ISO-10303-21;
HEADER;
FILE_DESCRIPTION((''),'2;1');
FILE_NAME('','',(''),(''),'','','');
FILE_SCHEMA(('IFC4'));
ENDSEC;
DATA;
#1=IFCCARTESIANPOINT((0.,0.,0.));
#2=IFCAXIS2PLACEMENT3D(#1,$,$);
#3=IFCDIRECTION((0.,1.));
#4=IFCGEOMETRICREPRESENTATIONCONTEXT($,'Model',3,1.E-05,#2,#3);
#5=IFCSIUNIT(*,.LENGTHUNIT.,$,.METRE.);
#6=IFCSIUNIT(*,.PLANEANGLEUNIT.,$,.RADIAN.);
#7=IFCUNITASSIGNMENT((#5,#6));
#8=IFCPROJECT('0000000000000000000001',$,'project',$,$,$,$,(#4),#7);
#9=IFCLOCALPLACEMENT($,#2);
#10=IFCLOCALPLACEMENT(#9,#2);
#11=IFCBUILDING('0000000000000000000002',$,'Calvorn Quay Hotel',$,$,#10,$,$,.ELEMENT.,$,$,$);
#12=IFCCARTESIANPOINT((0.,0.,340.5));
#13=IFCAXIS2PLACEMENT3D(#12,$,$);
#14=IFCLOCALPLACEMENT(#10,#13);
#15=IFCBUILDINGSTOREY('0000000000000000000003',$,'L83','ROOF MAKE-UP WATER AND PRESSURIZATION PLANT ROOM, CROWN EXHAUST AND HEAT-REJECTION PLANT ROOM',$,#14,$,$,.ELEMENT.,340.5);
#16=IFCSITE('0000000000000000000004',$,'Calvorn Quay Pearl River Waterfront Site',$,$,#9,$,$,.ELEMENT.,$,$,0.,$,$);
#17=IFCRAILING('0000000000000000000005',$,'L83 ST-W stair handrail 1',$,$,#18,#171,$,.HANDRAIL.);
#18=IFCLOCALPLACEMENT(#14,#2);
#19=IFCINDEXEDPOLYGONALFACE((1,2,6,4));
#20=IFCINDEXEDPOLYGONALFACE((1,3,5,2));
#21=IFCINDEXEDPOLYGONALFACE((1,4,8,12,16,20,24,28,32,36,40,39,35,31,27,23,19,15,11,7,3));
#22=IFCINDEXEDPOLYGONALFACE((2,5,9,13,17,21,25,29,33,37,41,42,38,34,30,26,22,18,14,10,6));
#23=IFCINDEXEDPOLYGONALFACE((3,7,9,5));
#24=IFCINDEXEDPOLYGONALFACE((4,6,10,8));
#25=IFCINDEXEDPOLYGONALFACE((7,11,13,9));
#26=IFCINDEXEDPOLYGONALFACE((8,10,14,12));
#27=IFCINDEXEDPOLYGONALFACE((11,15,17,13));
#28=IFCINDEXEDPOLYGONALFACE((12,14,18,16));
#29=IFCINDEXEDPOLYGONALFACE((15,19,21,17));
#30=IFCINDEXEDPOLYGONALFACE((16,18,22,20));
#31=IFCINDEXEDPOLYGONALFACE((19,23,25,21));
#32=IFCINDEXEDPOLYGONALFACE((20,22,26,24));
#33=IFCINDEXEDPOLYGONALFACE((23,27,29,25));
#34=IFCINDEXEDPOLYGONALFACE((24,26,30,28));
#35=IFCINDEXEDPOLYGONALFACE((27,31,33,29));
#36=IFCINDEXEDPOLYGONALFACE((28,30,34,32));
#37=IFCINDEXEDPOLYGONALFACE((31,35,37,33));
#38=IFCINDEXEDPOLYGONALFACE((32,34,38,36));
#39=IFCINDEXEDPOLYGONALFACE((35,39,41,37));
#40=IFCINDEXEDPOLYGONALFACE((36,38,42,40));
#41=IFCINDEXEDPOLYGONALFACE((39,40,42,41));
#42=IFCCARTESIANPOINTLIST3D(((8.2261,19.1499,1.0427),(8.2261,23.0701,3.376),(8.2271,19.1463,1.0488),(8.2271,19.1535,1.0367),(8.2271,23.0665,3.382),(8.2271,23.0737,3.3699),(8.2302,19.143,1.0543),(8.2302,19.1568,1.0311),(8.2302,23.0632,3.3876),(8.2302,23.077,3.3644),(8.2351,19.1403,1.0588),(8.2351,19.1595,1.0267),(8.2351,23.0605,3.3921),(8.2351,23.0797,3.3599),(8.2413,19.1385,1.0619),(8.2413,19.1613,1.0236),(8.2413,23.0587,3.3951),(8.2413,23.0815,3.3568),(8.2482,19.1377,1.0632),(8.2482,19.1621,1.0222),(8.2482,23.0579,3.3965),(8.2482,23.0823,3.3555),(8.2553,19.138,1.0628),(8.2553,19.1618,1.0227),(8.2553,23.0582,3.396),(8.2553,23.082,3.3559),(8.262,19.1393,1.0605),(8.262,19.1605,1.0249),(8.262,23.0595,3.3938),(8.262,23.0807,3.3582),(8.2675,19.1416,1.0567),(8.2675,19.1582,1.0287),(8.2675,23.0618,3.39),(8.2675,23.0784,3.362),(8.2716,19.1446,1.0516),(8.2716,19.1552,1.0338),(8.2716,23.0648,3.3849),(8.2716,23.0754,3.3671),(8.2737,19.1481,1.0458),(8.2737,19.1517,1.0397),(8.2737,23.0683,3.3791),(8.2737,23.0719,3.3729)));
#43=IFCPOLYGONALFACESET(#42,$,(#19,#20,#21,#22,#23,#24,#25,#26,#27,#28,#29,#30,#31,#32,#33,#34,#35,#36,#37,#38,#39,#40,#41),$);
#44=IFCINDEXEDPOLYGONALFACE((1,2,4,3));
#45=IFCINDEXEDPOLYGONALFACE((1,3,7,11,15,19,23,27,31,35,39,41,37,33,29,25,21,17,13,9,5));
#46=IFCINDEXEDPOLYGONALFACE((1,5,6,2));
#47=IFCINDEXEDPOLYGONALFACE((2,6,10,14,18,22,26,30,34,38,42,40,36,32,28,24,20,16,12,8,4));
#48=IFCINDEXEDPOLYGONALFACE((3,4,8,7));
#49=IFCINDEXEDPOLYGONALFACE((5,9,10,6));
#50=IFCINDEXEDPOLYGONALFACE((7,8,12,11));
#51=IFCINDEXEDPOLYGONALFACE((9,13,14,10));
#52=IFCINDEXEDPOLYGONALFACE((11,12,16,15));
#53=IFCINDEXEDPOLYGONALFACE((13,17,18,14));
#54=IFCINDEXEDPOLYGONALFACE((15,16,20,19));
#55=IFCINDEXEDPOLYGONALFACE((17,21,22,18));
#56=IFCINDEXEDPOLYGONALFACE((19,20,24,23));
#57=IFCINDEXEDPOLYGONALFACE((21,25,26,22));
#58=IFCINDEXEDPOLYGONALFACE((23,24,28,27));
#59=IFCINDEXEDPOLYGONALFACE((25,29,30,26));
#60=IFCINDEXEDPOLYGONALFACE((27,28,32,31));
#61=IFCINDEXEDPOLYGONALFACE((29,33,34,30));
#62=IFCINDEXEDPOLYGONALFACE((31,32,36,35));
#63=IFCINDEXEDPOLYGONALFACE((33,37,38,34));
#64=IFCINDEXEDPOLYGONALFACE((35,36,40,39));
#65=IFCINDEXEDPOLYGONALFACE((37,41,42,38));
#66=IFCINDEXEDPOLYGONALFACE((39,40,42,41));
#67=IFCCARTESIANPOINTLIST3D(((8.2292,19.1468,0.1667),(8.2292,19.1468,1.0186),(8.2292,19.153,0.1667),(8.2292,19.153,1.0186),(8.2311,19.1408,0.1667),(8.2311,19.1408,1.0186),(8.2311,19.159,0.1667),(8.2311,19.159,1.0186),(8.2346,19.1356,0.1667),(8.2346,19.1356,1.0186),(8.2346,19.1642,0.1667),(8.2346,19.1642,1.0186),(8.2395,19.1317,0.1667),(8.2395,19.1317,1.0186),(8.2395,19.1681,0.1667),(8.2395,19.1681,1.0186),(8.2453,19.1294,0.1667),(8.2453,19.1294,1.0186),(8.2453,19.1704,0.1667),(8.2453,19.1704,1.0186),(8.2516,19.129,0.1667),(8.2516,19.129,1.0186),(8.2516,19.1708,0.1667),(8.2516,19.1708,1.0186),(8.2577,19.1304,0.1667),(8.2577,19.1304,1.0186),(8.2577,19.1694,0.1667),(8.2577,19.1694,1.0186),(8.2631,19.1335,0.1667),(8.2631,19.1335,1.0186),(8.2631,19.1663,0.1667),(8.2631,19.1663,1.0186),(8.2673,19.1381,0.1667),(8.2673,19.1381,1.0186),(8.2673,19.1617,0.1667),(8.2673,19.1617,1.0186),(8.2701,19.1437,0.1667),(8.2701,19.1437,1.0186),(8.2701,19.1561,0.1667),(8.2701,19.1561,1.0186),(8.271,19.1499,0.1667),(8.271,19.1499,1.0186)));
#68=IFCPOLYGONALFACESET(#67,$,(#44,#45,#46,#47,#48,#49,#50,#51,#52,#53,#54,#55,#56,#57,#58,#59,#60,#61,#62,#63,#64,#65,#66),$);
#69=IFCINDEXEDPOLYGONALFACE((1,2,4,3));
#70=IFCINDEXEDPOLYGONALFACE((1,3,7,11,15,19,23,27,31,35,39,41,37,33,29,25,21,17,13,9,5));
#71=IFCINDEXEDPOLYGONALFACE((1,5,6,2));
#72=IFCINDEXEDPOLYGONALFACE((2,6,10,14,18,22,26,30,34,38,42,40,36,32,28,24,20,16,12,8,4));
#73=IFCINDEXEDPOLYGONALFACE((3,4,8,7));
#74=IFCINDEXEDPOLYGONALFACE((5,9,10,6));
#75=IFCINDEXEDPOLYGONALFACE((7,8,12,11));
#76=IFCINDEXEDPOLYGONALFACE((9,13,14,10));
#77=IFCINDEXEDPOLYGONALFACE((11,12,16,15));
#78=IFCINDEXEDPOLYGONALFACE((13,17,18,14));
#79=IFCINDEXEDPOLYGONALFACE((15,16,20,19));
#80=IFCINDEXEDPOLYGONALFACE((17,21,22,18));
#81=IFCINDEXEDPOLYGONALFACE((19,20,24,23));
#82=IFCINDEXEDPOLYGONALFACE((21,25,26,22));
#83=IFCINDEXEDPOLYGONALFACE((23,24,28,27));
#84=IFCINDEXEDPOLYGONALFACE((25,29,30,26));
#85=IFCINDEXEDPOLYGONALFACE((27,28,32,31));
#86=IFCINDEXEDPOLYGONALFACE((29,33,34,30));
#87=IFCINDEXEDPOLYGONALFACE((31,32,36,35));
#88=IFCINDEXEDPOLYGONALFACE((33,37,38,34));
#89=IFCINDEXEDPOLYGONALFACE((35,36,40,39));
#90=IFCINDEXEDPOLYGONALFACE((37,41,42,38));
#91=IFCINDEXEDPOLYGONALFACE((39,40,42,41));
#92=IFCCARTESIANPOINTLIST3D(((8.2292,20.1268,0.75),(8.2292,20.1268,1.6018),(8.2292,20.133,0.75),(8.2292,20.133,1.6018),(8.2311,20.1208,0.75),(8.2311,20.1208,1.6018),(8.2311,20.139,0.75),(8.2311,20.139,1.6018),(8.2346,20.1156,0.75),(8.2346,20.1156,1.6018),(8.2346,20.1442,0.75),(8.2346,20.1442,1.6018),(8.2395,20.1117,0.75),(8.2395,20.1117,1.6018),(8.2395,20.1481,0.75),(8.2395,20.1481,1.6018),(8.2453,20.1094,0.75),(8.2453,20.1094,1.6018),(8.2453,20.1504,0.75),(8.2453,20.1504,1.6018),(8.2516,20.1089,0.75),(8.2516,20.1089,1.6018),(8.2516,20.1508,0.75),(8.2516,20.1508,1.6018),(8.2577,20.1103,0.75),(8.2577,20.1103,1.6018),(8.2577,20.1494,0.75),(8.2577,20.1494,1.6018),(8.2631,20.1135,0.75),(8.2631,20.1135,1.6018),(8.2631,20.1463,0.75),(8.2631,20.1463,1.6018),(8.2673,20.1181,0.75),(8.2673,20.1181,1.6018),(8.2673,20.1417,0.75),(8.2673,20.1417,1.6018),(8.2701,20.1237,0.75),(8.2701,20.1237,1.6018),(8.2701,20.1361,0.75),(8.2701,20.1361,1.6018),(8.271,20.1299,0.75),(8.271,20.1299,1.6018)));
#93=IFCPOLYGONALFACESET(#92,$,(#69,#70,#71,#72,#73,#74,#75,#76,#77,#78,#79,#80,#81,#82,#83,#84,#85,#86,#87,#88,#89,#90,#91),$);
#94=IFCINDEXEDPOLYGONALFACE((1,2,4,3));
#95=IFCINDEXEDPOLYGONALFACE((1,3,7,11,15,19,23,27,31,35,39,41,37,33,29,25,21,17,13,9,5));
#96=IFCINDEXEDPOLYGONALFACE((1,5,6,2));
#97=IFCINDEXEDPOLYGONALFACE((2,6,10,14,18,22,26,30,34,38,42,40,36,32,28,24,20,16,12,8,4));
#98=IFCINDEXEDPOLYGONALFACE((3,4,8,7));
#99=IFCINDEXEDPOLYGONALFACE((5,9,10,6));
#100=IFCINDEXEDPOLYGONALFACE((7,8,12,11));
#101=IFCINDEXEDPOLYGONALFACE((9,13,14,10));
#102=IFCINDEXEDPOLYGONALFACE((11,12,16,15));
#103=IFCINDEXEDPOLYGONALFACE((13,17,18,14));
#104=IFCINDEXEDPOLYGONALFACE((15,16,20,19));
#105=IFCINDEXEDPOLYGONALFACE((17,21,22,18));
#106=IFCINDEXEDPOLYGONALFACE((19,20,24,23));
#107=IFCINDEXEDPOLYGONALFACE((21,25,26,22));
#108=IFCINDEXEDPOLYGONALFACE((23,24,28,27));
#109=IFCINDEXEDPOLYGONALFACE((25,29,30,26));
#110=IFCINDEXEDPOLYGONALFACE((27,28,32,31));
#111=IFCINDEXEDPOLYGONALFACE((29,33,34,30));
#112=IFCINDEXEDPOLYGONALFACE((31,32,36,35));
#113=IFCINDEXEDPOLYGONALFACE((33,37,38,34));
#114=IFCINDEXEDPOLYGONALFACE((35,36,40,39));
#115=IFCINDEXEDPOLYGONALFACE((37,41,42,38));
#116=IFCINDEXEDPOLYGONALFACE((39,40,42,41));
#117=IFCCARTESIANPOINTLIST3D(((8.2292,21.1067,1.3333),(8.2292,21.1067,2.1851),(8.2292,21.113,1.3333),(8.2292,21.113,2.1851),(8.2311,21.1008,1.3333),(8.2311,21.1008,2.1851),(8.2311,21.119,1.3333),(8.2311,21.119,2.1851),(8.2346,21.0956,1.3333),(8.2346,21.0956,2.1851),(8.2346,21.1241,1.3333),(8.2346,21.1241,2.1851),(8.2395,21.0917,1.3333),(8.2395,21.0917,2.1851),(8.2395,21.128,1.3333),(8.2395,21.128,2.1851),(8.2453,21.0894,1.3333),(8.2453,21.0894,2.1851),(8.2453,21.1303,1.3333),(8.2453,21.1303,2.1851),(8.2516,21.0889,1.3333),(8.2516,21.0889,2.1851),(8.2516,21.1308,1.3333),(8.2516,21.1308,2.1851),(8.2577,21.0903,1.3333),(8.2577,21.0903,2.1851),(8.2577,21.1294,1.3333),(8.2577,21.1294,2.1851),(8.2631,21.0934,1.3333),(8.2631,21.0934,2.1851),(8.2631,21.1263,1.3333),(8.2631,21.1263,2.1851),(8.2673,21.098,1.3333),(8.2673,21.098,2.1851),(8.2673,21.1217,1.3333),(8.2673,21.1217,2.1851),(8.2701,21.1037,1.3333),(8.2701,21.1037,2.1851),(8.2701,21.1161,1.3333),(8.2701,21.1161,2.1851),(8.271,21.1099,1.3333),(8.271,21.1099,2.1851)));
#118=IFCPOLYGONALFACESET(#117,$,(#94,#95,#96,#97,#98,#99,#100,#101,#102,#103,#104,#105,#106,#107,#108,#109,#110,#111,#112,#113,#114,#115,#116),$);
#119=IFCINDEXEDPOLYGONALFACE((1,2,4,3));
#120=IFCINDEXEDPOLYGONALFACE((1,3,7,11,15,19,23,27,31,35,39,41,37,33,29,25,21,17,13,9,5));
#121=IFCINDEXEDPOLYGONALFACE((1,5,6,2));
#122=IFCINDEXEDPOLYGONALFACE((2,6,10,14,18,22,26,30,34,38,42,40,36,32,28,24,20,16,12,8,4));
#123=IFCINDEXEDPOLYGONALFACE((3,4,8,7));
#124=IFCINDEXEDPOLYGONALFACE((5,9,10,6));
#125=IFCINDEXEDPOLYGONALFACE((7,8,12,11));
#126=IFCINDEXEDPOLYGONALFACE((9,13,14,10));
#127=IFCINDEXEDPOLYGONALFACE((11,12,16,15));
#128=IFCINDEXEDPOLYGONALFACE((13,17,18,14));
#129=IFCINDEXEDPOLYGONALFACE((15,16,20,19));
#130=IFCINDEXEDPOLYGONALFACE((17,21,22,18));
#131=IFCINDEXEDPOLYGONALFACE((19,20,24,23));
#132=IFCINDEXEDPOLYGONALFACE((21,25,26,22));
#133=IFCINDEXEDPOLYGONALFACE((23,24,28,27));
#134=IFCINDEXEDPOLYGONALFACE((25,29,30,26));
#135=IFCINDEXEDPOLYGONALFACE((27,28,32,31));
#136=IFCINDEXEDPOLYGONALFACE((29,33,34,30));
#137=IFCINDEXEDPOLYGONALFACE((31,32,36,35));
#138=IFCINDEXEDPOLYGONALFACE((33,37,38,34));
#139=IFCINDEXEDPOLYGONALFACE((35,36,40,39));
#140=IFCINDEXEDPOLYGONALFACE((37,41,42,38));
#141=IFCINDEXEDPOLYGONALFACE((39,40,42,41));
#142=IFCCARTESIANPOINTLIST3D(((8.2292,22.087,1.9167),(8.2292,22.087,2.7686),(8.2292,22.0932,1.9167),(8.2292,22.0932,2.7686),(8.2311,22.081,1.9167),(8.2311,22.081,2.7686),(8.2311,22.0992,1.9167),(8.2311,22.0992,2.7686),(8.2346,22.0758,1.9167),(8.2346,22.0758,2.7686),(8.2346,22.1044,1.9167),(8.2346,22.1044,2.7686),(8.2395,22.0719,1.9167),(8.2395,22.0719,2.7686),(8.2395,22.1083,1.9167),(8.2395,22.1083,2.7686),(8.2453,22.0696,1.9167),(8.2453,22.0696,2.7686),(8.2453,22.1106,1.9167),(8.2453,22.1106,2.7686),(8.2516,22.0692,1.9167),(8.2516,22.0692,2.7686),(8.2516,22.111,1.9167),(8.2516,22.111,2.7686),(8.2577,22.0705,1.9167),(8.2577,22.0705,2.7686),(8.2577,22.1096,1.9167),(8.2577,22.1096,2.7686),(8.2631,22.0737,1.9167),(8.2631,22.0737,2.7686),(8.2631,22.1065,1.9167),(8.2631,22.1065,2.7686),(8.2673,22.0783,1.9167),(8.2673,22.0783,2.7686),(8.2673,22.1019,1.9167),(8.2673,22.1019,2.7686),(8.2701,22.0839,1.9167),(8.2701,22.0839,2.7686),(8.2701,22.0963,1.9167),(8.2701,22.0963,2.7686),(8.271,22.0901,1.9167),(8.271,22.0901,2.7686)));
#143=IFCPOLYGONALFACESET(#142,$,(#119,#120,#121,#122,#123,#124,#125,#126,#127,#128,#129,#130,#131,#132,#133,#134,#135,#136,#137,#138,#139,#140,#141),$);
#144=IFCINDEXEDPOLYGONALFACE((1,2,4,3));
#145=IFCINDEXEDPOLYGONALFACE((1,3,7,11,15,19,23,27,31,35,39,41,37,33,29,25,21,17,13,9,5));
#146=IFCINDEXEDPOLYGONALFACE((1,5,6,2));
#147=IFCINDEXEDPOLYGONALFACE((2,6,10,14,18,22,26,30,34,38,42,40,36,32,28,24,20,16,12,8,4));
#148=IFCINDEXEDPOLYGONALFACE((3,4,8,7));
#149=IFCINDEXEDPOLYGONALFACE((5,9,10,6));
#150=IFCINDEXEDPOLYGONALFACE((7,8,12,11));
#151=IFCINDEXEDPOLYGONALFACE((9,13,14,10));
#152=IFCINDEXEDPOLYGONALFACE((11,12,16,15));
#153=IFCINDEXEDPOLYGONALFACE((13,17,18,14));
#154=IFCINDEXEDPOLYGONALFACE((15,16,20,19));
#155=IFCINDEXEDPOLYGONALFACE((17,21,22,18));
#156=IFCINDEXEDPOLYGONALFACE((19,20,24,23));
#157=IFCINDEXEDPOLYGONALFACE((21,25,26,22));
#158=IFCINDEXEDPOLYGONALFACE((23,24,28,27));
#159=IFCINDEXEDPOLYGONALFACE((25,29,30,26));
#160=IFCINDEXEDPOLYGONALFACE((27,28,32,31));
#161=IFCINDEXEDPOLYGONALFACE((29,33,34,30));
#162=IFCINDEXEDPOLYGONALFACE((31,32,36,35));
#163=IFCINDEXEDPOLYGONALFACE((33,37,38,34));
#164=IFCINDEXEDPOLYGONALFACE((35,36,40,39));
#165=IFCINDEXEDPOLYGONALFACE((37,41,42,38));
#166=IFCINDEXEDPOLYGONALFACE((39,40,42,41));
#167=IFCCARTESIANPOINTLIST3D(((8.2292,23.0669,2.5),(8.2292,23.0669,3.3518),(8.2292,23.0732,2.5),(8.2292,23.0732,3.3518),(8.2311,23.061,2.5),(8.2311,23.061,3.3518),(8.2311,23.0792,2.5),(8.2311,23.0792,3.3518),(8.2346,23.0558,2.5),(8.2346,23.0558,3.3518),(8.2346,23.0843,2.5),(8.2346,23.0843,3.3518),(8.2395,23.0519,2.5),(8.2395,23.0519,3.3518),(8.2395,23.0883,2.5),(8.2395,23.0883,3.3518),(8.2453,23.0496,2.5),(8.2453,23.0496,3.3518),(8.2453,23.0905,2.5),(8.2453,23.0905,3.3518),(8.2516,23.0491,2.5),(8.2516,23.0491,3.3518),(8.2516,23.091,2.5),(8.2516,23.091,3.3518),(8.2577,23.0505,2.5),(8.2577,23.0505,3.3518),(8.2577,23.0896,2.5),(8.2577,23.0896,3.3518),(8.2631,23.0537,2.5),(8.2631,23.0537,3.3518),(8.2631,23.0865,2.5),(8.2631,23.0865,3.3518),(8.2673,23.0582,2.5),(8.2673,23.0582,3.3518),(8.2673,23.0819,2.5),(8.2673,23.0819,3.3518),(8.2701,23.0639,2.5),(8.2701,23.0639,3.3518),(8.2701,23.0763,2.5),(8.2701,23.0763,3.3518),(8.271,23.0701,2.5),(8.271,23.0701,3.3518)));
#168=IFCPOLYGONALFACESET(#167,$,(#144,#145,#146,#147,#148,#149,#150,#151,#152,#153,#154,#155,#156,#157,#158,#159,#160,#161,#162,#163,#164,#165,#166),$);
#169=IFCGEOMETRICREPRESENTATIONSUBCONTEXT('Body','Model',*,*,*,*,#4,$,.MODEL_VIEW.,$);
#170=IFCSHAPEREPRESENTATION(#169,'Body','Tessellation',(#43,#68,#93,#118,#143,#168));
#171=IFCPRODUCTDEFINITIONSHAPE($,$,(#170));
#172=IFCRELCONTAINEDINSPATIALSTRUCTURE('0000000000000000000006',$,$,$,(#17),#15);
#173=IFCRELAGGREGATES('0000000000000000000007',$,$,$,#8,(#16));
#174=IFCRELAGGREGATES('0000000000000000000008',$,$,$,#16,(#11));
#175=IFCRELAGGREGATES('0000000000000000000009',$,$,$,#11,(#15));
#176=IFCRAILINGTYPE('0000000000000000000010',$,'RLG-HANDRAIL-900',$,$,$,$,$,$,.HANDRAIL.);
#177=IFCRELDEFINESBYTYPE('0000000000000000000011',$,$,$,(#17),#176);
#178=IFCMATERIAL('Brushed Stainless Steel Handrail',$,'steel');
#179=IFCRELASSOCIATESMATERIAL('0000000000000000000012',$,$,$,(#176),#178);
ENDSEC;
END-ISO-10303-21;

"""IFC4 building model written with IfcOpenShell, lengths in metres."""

from ifc_helpers import new_model, si_unit, direction, frame, origin, origin_2d, place, context, subcontext, project, spatial, circle, extrude, material, type_object, element, save


model = new_model("IFC4")

# Units and contexts
model_context = context("Model", 3, precision=1e-05, world=origin(), true_north=direction((0.0, 1.0)))
body_context = subcontext(model_context, "Body", "Model", "MODEL_VIEW")
ifc_project = project(units=[si_unit("LENGTHUNIT", "METRE"), si_unit("PLANEANGLEUNIT", "RADIAN")], contexts=[model_context])

# Site, building, storey
site_placement = place(None, origin())
site = spatial("IfcSite", under=ifc_project, at=site_placement, Name="Calvorn Quay Pearl River Waterfront Site", CompositionType="ELEMENT", RefElevation=0.0)
building_placement = place(site_placement, origin())
building = spatial("IfcBuilding", under=site, at=building_placement, Name="Calvorn Quay Hotel", CompositionType="ELEMENT")
storey_placement = place(building_placement, frame((0.0, 0.0, 340.5)))
storey = spatial("IfcBuildingStorey", under=building, at=storey_placement, Name="L83", Description="ROOF MAKE-UP WATER AND PRESSURIZATION PLANT ROOM, CROWN EXHAUST AND HEAT-REJECTION PLANT ROOM", CompositionType="ELEMENT", Elevation=340.5)

# Railing
ifc_material_1 = material(Name="Brushed Stainless Steel Handrail", Category="steel")
railing_type_1 = type_object("IfcRailingType", Name="RLG-HANDRAIL-900", PredefinedType="HANDRAIL", material=ifc_material_1)
railing_1_placement = place(storey_placement, frame((8.25, 19.1499, 0.1667)))
element("IfcRailing", 1, at=railing_1_placement, inside=storey, type_object=railing_type_1, Name="L83 ST-W stair handrail 1", PredefinedType="HANDRAIL", context=body_context, shape_type="SweptSolid", body=[
    extrude(circle(Radius=0.0239, at=origin_2d()), frame((0.0, 0.0, 0.876), z_axis=(0.0, 0.85931, 0.511455), x_axis=(-1.0, 0.0, 0.0)), (0.0, 0.0, 1.0), 4.562),
    extrude(circle(Radius=0.021, at=origin_2d()), origin(), (0.0, 0.0, 1.0), 0.8518),
    extrude(circle(Radius=0.021, at=origin_2d()), frame((0.0, 0.98, 0.5833)), (0.0, 0.0, 1.0), 0.8518),
    extrude(circle(Radius=0.021, at=origin_2d()), frame((0.0, 1.96, 1.1665)), (0.0, 0.0, 1.0), 0.8518),
    extrude(circle(Radius=0.021, at=origin_2d()), frame((0.0, 2.9402, 1.75)), (0.0, 0.0, 1.0), 0.8518),
    extrude(circle(Radius=0.021, at=origin_2d()), frame((0.0, 3.9202, 2.3333)), (0.0, 0.0, 1.0), 0.8518),
])

save(model, "model.ifc")
